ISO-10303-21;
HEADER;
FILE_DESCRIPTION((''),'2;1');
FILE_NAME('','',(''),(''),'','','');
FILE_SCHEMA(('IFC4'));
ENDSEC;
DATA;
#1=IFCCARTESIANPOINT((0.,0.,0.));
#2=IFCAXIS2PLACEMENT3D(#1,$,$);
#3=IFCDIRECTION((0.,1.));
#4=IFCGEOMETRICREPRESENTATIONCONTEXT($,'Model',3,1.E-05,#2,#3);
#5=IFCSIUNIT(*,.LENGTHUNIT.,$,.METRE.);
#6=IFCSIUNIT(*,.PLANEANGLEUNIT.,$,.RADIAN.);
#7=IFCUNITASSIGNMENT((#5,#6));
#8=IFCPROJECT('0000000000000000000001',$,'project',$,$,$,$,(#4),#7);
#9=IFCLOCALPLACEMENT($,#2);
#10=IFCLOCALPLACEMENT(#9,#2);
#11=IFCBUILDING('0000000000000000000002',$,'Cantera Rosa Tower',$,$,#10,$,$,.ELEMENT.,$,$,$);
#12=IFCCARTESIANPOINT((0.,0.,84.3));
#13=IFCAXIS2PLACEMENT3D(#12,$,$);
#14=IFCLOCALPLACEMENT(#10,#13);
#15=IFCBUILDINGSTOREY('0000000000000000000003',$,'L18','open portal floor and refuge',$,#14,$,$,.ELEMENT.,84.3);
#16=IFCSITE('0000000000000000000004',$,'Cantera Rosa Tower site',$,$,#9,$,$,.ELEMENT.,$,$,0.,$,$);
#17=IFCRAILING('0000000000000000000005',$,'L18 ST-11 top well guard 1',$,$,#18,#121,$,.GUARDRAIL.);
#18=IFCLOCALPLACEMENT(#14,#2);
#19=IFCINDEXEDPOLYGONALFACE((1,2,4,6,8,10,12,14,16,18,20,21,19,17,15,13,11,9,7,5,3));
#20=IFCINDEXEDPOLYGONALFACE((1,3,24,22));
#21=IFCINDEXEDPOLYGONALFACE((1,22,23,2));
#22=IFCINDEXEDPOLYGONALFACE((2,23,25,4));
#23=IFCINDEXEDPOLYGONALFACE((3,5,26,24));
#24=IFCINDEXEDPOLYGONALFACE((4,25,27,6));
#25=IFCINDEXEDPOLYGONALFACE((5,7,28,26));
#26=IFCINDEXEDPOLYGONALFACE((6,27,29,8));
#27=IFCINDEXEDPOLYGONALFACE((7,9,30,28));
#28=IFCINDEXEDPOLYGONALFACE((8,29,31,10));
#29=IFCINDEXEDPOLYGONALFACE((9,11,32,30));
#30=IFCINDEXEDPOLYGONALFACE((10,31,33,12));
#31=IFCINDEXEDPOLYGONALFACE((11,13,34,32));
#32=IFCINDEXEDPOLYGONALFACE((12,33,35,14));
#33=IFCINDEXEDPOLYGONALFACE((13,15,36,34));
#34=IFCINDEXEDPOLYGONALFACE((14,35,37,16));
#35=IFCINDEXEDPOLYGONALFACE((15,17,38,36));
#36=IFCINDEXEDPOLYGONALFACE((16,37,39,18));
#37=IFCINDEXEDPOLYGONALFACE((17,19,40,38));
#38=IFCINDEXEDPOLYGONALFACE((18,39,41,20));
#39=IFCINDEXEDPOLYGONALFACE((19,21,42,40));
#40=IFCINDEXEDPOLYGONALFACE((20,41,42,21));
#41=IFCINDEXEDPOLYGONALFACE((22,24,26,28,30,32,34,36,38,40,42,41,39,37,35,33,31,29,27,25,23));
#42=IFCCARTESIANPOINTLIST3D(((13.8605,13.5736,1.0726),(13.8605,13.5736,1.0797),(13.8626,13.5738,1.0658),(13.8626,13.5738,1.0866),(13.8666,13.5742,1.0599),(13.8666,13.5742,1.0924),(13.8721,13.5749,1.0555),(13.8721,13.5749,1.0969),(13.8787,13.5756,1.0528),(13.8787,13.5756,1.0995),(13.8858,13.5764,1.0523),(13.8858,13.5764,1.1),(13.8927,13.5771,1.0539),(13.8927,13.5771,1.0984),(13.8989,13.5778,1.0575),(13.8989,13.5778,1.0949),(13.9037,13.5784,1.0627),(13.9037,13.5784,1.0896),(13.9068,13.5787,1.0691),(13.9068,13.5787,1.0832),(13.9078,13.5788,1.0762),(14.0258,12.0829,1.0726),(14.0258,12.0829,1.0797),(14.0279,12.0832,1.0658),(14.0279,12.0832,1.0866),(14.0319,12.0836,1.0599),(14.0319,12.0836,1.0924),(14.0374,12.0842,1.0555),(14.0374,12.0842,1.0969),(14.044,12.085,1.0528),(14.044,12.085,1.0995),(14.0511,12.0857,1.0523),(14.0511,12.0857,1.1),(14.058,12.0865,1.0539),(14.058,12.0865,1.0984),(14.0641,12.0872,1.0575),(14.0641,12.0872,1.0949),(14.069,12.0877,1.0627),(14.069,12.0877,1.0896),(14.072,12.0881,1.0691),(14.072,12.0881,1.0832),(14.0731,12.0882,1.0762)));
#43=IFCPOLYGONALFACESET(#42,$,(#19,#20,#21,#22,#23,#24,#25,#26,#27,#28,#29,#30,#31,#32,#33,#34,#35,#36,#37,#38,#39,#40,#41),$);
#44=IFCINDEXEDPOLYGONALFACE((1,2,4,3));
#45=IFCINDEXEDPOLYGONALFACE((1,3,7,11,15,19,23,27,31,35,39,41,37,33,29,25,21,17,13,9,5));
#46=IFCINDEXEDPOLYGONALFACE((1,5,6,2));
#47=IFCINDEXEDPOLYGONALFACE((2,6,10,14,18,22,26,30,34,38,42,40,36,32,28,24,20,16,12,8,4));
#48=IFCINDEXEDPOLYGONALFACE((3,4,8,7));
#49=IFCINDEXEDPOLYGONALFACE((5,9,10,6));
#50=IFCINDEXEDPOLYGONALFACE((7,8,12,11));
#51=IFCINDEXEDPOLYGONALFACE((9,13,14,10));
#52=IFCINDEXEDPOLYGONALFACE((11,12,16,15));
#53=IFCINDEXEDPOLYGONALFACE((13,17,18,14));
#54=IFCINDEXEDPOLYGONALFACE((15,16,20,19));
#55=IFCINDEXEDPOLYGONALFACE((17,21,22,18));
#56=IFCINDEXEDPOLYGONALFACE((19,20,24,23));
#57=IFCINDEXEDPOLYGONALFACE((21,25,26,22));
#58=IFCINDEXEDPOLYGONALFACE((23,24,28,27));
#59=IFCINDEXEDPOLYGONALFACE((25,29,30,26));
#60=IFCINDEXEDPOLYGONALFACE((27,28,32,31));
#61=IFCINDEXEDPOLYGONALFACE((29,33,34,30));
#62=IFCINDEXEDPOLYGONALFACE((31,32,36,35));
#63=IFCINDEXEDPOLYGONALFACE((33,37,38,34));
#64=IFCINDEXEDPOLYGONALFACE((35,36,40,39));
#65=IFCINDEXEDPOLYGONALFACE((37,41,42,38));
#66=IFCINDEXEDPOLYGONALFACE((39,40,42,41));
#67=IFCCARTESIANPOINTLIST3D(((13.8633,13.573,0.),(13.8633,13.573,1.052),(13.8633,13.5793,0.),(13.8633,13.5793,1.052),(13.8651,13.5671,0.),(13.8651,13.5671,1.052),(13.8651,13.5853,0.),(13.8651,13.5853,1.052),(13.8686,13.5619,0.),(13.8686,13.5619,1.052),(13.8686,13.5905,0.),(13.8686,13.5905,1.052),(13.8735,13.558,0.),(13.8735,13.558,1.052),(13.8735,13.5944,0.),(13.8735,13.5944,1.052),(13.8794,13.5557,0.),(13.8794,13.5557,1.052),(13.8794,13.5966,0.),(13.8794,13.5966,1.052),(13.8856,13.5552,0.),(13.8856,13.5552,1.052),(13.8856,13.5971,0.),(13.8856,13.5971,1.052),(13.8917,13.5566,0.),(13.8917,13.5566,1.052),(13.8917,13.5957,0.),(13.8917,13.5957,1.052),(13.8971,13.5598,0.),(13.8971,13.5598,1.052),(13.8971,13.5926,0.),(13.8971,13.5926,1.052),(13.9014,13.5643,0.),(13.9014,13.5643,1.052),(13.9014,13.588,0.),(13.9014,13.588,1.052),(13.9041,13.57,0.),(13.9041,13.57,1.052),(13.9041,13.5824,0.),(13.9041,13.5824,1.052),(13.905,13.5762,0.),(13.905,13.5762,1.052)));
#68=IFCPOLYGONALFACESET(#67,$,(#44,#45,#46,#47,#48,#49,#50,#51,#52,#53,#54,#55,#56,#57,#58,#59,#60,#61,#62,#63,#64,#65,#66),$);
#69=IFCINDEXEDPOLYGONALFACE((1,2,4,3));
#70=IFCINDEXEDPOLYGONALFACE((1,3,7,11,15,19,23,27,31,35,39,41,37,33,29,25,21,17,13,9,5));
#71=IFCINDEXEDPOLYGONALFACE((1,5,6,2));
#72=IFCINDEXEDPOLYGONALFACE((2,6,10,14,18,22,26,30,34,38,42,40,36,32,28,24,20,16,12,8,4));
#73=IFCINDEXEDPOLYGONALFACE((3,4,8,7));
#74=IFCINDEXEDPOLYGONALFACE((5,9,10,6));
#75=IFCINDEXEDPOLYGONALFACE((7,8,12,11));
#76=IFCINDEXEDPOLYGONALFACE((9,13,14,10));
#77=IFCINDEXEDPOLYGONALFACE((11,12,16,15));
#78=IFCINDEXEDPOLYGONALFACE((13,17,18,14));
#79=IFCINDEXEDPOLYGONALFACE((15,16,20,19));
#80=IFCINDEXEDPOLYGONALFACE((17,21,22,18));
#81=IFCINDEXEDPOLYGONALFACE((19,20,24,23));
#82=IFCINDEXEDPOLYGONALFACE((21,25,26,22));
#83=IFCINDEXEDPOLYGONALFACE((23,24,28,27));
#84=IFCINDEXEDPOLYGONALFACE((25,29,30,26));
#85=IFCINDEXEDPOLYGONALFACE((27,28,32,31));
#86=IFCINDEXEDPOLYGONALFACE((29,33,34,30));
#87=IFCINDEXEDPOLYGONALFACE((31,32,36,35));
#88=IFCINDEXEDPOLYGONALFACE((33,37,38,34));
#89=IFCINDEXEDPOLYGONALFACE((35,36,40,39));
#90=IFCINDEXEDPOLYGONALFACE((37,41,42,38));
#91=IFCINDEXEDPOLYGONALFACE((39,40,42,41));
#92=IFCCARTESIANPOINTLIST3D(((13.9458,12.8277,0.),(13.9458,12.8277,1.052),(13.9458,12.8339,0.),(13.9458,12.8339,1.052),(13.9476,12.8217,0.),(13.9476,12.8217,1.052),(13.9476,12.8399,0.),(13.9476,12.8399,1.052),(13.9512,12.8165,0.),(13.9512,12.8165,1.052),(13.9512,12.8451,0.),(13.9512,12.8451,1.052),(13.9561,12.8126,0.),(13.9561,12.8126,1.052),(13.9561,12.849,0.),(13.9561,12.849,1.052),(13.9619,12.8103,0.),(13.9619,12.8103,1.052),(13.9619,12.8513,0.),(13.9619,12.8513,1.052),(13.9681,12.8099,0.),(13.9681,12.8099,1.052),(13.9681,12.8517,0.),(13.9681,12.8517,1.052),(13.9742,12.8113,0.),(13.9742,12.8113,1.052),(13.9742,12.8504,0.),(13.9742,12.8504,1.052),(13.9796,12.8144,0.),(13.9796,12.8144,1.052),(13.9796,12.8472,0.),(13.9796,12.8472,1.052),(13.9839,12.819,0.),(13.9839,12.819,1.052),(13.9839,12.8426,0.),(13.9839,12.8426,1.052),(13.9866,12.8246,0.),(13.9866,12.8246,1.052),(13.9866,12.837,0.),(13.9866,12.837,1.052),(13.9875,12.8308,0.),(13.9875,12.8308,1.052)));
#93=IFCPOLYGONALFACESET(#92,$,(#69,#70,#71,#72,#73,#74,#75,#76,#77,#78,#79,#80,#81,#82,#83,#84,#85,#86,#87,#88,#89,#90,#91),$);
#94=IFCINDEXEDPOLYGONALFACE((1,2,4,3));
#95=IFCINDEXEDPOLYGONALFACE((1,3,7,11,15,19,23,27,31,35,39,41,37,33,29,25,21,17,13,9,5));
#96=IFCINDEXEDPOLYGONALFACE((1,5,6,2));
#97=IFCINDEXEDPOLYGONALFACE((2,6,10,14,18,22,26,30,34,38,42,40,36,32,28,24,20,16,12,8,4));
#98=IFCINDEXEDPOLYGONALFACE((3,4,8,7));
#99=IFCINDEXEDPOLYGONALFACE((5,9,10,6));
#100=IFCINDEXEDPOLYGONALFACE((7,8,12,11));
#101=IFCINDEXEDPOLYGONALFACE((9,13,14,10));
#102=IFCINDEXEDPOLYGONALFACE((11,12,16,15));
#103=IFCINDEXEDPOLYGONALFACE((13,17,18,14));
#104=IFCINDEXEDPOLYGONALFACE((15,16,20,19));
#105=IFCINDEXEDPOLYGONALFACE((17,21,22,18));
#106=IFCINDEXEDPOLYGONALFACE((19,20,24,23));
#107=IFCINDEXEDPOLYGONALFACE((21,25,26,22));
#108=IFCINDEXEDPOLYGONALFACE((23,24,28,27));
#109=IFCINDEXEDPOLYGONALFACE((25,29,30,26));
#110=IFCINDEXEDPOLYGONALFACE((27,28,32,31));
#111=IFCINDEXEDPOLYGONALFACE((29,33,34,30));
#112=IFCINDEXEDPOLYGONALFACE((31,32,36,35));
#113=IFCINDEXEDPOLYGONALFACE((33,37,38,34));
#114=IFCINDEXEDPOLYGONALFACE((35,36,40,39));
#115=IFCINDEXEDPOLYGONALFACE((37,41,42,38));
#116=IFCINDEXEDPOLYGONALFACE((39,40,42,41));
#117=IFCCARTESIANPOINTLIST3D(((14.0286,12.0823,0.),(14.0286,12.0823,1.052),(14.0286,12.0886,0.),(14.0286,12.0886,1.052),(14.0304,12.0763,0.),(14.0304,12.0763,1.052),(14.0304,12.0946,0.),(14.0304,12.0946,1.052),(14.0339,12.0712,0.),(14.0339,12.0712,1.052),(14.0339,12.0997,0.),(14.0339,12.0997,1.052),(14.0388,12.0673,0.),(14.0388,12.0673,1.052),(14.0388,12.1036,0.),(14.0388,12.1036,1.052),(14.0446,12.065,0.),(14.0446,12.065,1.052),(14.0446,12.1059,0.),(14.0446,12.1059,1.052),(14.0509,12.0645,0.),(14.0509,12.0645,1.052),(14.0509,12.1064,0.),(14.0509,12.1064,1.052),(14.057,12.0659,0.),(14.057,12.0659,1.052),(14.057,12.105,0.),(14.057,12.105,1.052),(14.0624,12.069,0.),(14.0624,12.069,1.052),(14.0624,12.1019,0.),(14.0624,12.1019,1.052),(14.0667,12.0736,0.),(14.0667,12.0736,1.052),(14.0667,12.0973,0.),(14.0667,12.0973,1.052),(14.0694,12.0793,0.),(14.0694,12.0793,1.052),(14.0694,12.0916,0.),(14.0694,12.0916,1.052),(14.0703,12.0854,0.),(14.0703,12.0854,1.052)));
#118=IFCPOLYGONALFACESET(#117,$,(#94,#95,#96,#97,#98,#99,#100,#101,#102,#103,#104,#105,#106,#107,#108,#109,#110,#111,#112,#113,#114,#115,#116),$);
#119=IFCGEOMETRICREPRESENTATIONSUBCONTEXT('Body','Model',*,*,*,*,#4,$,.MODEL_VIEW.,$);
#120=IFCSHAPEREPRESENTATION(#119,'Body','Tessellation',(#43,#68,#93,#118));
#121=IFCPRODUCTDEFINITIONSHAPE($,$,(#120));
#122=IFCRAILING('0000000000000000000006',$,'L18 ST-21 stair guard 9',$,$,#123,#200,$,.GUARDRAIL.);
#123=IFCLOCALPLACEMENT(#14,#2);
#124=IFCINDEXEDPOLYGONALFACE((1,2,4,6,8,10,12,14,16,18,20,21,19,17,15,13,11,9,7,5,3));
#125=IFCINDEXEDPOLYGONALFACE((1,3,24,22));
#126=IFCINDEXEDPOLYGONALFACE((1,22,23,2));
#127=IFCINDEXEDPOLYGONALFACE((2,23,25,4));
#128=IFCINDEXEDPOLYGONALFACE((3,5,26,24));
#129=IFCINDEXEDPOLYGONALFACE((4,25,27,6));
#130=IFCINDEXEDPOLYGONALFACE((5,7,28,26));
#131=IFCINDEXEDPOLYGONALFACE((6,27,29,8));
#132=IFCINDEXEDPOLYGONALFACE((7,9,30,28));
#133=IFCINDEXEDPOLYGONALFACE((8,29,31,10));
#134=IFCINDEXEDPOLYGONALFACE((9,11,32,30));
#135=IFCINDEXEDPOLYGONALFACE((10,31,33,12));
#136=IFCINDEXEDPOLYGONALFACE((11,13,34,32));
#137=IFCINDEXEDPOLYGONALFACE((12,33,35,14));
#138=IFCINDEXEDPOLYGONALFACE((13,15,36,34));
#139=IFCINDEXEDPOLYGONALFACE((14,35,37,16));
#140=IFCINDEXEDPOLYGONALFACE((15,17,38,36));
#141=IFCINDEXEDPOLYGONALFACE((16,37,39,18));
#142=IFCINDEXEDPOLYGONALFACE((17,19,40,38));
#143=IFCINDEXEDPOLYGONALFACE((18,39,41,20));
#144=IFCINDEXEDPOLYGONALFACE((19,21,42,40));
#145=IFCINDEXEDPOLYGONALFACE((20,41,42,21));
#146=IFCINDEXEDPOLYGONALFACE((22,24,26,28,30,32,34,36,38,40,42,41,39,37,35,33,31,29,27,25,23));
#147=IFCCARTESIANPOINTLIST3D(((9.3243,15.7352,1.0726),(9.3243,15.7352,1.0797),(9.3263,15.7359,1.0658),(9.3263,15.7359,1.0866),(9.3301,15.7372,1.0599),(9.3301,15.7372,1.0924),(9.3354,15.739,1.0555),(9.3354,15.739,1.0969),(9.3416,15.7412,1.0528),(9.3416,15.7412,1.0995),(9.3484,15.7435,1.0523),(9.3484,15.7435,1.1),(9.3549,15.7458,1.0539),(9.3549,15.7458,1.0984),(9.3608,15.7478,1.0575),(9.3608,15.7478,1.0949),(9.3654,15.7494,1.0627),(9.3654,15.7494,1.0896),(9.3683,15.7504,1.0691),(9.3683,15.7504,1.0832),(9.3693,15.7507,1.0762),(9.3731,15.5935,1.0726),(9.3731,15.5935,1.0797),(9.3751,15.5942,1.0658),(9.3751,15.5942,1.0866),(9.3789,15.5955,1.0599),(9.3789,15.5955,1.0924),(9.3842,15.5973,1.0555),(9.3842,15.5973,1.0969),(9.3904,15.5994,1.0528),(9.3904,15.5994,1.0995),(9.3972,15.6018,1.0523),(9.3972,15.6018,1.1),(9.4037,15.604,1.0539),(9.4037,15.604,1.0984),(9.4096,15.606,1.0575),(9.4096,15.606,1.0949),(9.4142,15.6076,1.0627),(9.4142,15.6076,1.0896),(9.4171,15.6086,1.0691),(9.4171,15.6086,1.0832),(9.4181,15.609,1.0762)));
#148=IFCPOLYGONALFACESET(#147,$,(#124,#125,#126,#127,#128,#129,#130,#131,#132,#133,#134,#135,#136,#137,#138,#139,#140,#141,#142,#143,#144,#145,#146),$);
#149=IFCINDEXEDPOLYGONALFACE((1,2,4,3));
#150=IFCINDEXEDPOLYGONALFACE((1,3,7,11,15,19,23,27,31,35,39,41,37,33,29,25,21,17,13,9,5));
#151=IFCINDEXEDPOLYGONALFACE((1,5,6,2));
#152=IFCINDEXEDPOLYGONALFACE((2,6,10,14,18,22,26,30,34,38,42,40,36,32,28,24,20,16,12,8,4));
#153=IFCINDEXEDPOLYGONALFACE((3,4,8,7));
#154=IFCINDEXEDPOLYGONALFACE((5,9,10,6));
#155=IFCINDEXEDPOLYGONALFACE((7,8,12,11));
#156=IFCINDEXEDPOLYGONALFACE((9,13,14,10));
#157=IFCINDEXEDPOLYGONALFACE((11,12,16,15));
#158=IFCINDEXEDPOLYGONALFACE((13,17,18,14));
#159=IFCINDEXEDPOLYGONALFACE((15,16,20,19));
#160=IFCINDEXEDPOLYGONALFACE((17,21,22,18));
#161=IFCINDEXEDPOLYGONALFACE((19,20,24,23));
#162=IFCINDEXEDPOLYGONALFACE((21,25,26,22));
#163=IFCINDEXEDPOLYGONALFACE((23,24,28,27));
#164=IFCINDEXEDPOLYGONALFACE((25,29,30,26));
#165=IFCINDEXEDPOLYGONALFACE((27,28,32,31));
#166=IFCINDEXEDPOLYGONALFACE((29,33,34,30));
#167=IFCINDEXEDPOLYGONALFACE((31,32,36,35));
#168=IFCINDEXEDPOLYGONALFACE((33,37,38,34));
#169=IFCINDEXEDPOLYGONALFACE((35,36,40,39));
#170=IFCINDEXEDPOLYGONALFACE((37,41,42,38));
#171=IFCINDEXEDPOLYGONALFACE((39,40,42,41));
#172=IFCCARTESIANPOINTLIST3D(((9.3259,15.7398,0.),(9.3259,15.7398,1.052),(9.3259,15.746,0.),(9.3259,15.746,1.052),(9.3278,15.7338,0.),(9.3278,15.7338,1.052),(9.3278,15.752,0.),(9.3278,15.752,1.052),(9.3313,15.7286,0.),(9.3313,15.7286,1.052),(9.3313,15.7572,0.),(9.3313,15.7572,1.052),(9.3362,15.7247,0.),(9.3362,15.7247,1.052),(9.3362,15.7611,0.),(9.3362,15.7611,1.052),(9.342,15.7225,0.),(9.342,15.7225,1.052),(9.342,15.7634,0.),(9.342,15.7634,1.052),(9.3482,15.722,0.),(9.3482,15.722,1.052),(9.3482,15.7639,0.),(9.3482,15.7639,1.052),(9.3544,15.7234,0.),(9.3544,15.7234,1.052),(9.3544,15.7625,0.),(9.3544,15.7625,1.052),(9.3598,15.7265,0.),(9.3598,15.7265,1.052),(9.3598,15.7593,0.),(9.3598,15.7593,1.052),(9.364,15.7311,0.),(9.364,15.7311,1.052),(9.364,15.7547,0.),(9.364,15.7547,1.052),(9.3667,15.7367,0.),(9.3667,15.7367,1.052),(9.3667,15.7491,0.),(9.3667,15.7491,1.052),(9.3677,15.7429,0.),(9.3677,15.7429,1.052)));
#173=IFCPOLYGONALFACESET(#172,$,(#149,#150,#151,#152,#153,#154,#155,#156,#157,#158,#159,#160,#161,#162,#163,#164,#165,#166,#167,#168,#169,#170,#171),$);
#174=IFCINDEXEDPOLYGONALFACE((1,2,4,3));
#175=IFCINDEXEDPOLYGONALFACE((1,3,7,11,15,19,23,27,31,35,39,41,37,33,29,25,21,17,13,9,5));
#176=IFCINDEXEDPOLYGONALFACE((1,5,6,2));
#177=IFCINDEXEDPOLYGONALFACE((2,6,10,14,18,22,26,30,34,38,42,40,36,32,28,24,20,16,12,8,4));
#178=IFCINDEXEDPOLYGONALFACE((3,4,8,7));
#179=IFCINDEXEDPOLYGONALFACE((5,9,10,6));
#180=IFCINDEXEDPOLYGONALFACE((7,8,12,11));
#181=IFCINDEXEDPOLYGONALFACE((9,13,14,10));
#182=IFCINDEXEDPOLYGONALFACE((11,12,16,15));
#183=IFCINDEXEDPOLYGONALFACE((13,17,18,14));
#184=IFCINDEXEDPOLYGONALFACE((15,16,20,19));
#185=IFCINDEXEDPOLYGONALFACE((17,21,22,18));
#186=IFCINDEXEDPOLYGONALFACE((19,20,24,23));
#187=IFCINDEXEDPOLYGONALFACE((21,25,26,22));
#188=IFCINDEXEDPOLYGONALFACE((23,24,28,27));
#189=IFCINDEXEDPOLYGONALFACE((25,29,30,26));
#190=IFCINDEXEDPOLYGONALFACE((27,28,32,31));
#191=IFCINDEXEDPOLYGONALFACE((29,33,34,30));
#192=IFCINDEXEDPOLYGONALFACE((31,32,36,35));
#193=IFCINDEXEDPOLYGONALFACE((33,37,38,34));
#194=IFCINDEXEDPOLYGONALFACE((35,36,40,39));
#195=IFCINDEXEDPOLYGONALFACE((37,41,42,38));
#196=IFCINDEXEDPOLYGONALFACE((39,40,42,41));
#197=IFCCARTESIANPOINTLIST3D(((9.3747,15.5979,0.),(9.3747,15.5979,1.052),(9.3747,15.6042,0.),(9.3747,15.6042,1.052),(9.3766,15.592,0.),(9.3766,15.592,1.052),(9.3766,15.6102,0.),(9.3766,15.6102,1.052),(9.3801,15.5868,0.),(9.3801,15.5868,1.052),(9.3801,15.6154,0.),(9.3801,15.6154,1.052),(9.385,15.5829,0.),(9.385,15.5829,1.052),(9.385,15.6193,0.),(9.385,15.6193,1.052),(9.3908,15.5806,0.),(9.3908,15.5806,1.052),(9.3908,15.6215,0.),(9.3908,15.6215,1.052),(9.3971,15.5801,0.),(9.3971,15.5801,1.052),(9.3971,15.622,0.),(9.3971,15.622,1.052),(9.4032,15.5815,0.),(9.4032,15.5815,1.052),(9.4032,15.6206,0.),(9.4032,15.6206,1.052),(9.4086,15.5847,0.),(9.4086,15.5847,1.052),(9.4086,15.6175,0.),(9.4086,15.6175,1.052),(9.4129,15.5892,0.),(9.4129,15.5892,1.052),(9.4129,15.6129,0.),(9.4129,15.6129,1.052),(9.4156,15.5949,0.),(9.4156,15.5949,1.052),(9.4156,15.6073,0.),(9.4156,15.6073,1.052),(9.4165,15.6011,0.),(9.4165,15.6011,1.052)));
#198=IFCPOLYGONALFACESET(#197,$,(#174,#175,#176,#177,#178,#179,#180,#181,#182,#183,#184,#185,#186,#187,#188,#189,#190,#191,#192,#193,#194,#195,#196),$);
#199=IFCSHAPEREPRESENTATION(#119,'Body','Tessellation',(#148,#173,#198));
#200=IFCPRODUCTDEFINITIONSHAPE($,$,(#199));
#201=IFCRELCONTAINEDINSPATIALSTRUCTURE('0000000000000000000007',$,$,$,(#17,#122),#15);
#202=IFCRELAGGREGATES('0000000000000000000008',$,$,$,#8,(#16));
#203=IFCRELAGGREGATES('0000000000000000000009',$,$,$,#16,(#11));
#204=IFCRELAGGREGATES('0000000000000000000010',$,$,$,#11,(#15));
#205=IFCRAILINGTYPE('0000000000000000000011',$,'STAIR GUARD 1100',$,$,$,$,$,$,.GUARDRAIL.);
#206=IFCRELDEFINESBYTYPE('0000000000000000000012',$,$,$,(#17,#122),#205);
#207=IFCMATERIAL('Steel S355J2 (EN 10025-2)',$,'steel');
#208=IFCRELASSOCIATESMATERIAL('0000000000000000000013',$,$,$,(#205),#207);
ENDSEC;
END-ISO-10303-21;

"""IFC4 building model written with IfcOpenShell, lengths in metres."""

from ifc_helpers import new_model, si_unit, direction, frame, origin, origin_2d, place, context, subcontext, project, spatial, circle, extrude, material, type_object, element, save


model = new_model("IFC4")

# Units and contexts
model_context = context("Model", 3, precision=1e-05, world=origin(), true_north=direction((0.0, 1.0)))
body_context = subcontext(model_context, "Body", "Model", "MODEL_VIEW")
ifc_project = project(units=[si_unit("LENGTHUNIT", "METRE"), si_unit("PLANEANGLEUNIT", "RADIAN")], contexts=[model_context])

# Site, building, storey
site_placement = place(None, origin())
site = spatial("IfcSite", under=ifc_project, at=site_placement, Name="Cantera Rosa Tower site", CompositionType="ELEMENT", RefElevation=0.0)
building_placement = place(site_placement, origin())
building = spatial("IfcBuilding", under=site, at=building_placement, Name="Cantera Rosa Tower", CompositionType="ELEMENT")
storey_placement = place(building_placement, frame((0.0, 0.0, 84.3)))
storey = spatial("IfcBuildingStorey", under=building, at=storey_placement, Name="L18", Description="open portal floor and refuge", CompositionType="ELEMENT", Elevation=84.3)

# Railings
ifc_material_1 = material(Name="Steel S355J2 (EN 10025-2)", Category="steel")
railing_type = type_object("IfcRailingType", Name="STAIR GUARD 1100", PredefinedType="GUARDRAIL", material=ifc_material_1)
railing_1_placement = place(storey_placement, frame((13.884, 13.5762, 0.0)))
element("IfcRailing", 1, at=railing_1_placement, inside=storey, type_object=railing_type, Name="L18 ST-11 top well guard 1", PredefinedType="GUARDRAIL", context=body_context, shape_type="SweptSolid", body=[
    extrude(circle(Radius=0.0239, at=origin_2d()), frame((0.0, 0.0, 1.0762), z_axis=(0.110199, -0.99391, 0.0), x_axis=(0.99391, 0.110199, 0.0)), (0.0, 0.0, 1.0), 1.4998),
    extrude(circle(Radius=0.021, at=origin_2d()), origin(), (0.0, 0.0, 1.0), 1.052),
    extrude(circle(Radius=0.021, at=origin_2d()), frame((0.0825, -0.7454, 0.0)), (0.0, 0.0, 1.0), 1.052),
    extrude(circle(Radius=0.021, at=origin_2d()), frame((0.1653, -1.4907, 0.0)), (0.0, 0.0, 1.0), 1.052),
])
railing_2_placement = place(storey_placement, frame((9.3467, 15.7429, 0.0)))
element("IfcRailing", 2, at=railing_2_placement, inside=storey, type_object=railing_type, Name="L18 ST-21 stair guard 9", PredefinedType="GUARDRAIL", context=body_context, shape_type="SweptSolid", body=[
    extrude(circle(Radius=0.0239, at=origin_2d()), frame((0.0, 0.0, 1.0762), z_axis=(0.325489, -0.945546, 0.0), x_axis=(0.945546, 0.325489, 0.0)), (0.0, 0.0, 1.0), 0.1499),
    extrude(circle(Radius=0.021, at=origin_2d()), origin(), (0.0, 0.0, 1.0), 1.052),
    extrude(circle(Radius=0.021, at=origin_2d()), frame((0.0488, -0.1418, 0.0)), (0.0, 0.0, 1.0), 1.052),
])

save(model, "model.ifc")
